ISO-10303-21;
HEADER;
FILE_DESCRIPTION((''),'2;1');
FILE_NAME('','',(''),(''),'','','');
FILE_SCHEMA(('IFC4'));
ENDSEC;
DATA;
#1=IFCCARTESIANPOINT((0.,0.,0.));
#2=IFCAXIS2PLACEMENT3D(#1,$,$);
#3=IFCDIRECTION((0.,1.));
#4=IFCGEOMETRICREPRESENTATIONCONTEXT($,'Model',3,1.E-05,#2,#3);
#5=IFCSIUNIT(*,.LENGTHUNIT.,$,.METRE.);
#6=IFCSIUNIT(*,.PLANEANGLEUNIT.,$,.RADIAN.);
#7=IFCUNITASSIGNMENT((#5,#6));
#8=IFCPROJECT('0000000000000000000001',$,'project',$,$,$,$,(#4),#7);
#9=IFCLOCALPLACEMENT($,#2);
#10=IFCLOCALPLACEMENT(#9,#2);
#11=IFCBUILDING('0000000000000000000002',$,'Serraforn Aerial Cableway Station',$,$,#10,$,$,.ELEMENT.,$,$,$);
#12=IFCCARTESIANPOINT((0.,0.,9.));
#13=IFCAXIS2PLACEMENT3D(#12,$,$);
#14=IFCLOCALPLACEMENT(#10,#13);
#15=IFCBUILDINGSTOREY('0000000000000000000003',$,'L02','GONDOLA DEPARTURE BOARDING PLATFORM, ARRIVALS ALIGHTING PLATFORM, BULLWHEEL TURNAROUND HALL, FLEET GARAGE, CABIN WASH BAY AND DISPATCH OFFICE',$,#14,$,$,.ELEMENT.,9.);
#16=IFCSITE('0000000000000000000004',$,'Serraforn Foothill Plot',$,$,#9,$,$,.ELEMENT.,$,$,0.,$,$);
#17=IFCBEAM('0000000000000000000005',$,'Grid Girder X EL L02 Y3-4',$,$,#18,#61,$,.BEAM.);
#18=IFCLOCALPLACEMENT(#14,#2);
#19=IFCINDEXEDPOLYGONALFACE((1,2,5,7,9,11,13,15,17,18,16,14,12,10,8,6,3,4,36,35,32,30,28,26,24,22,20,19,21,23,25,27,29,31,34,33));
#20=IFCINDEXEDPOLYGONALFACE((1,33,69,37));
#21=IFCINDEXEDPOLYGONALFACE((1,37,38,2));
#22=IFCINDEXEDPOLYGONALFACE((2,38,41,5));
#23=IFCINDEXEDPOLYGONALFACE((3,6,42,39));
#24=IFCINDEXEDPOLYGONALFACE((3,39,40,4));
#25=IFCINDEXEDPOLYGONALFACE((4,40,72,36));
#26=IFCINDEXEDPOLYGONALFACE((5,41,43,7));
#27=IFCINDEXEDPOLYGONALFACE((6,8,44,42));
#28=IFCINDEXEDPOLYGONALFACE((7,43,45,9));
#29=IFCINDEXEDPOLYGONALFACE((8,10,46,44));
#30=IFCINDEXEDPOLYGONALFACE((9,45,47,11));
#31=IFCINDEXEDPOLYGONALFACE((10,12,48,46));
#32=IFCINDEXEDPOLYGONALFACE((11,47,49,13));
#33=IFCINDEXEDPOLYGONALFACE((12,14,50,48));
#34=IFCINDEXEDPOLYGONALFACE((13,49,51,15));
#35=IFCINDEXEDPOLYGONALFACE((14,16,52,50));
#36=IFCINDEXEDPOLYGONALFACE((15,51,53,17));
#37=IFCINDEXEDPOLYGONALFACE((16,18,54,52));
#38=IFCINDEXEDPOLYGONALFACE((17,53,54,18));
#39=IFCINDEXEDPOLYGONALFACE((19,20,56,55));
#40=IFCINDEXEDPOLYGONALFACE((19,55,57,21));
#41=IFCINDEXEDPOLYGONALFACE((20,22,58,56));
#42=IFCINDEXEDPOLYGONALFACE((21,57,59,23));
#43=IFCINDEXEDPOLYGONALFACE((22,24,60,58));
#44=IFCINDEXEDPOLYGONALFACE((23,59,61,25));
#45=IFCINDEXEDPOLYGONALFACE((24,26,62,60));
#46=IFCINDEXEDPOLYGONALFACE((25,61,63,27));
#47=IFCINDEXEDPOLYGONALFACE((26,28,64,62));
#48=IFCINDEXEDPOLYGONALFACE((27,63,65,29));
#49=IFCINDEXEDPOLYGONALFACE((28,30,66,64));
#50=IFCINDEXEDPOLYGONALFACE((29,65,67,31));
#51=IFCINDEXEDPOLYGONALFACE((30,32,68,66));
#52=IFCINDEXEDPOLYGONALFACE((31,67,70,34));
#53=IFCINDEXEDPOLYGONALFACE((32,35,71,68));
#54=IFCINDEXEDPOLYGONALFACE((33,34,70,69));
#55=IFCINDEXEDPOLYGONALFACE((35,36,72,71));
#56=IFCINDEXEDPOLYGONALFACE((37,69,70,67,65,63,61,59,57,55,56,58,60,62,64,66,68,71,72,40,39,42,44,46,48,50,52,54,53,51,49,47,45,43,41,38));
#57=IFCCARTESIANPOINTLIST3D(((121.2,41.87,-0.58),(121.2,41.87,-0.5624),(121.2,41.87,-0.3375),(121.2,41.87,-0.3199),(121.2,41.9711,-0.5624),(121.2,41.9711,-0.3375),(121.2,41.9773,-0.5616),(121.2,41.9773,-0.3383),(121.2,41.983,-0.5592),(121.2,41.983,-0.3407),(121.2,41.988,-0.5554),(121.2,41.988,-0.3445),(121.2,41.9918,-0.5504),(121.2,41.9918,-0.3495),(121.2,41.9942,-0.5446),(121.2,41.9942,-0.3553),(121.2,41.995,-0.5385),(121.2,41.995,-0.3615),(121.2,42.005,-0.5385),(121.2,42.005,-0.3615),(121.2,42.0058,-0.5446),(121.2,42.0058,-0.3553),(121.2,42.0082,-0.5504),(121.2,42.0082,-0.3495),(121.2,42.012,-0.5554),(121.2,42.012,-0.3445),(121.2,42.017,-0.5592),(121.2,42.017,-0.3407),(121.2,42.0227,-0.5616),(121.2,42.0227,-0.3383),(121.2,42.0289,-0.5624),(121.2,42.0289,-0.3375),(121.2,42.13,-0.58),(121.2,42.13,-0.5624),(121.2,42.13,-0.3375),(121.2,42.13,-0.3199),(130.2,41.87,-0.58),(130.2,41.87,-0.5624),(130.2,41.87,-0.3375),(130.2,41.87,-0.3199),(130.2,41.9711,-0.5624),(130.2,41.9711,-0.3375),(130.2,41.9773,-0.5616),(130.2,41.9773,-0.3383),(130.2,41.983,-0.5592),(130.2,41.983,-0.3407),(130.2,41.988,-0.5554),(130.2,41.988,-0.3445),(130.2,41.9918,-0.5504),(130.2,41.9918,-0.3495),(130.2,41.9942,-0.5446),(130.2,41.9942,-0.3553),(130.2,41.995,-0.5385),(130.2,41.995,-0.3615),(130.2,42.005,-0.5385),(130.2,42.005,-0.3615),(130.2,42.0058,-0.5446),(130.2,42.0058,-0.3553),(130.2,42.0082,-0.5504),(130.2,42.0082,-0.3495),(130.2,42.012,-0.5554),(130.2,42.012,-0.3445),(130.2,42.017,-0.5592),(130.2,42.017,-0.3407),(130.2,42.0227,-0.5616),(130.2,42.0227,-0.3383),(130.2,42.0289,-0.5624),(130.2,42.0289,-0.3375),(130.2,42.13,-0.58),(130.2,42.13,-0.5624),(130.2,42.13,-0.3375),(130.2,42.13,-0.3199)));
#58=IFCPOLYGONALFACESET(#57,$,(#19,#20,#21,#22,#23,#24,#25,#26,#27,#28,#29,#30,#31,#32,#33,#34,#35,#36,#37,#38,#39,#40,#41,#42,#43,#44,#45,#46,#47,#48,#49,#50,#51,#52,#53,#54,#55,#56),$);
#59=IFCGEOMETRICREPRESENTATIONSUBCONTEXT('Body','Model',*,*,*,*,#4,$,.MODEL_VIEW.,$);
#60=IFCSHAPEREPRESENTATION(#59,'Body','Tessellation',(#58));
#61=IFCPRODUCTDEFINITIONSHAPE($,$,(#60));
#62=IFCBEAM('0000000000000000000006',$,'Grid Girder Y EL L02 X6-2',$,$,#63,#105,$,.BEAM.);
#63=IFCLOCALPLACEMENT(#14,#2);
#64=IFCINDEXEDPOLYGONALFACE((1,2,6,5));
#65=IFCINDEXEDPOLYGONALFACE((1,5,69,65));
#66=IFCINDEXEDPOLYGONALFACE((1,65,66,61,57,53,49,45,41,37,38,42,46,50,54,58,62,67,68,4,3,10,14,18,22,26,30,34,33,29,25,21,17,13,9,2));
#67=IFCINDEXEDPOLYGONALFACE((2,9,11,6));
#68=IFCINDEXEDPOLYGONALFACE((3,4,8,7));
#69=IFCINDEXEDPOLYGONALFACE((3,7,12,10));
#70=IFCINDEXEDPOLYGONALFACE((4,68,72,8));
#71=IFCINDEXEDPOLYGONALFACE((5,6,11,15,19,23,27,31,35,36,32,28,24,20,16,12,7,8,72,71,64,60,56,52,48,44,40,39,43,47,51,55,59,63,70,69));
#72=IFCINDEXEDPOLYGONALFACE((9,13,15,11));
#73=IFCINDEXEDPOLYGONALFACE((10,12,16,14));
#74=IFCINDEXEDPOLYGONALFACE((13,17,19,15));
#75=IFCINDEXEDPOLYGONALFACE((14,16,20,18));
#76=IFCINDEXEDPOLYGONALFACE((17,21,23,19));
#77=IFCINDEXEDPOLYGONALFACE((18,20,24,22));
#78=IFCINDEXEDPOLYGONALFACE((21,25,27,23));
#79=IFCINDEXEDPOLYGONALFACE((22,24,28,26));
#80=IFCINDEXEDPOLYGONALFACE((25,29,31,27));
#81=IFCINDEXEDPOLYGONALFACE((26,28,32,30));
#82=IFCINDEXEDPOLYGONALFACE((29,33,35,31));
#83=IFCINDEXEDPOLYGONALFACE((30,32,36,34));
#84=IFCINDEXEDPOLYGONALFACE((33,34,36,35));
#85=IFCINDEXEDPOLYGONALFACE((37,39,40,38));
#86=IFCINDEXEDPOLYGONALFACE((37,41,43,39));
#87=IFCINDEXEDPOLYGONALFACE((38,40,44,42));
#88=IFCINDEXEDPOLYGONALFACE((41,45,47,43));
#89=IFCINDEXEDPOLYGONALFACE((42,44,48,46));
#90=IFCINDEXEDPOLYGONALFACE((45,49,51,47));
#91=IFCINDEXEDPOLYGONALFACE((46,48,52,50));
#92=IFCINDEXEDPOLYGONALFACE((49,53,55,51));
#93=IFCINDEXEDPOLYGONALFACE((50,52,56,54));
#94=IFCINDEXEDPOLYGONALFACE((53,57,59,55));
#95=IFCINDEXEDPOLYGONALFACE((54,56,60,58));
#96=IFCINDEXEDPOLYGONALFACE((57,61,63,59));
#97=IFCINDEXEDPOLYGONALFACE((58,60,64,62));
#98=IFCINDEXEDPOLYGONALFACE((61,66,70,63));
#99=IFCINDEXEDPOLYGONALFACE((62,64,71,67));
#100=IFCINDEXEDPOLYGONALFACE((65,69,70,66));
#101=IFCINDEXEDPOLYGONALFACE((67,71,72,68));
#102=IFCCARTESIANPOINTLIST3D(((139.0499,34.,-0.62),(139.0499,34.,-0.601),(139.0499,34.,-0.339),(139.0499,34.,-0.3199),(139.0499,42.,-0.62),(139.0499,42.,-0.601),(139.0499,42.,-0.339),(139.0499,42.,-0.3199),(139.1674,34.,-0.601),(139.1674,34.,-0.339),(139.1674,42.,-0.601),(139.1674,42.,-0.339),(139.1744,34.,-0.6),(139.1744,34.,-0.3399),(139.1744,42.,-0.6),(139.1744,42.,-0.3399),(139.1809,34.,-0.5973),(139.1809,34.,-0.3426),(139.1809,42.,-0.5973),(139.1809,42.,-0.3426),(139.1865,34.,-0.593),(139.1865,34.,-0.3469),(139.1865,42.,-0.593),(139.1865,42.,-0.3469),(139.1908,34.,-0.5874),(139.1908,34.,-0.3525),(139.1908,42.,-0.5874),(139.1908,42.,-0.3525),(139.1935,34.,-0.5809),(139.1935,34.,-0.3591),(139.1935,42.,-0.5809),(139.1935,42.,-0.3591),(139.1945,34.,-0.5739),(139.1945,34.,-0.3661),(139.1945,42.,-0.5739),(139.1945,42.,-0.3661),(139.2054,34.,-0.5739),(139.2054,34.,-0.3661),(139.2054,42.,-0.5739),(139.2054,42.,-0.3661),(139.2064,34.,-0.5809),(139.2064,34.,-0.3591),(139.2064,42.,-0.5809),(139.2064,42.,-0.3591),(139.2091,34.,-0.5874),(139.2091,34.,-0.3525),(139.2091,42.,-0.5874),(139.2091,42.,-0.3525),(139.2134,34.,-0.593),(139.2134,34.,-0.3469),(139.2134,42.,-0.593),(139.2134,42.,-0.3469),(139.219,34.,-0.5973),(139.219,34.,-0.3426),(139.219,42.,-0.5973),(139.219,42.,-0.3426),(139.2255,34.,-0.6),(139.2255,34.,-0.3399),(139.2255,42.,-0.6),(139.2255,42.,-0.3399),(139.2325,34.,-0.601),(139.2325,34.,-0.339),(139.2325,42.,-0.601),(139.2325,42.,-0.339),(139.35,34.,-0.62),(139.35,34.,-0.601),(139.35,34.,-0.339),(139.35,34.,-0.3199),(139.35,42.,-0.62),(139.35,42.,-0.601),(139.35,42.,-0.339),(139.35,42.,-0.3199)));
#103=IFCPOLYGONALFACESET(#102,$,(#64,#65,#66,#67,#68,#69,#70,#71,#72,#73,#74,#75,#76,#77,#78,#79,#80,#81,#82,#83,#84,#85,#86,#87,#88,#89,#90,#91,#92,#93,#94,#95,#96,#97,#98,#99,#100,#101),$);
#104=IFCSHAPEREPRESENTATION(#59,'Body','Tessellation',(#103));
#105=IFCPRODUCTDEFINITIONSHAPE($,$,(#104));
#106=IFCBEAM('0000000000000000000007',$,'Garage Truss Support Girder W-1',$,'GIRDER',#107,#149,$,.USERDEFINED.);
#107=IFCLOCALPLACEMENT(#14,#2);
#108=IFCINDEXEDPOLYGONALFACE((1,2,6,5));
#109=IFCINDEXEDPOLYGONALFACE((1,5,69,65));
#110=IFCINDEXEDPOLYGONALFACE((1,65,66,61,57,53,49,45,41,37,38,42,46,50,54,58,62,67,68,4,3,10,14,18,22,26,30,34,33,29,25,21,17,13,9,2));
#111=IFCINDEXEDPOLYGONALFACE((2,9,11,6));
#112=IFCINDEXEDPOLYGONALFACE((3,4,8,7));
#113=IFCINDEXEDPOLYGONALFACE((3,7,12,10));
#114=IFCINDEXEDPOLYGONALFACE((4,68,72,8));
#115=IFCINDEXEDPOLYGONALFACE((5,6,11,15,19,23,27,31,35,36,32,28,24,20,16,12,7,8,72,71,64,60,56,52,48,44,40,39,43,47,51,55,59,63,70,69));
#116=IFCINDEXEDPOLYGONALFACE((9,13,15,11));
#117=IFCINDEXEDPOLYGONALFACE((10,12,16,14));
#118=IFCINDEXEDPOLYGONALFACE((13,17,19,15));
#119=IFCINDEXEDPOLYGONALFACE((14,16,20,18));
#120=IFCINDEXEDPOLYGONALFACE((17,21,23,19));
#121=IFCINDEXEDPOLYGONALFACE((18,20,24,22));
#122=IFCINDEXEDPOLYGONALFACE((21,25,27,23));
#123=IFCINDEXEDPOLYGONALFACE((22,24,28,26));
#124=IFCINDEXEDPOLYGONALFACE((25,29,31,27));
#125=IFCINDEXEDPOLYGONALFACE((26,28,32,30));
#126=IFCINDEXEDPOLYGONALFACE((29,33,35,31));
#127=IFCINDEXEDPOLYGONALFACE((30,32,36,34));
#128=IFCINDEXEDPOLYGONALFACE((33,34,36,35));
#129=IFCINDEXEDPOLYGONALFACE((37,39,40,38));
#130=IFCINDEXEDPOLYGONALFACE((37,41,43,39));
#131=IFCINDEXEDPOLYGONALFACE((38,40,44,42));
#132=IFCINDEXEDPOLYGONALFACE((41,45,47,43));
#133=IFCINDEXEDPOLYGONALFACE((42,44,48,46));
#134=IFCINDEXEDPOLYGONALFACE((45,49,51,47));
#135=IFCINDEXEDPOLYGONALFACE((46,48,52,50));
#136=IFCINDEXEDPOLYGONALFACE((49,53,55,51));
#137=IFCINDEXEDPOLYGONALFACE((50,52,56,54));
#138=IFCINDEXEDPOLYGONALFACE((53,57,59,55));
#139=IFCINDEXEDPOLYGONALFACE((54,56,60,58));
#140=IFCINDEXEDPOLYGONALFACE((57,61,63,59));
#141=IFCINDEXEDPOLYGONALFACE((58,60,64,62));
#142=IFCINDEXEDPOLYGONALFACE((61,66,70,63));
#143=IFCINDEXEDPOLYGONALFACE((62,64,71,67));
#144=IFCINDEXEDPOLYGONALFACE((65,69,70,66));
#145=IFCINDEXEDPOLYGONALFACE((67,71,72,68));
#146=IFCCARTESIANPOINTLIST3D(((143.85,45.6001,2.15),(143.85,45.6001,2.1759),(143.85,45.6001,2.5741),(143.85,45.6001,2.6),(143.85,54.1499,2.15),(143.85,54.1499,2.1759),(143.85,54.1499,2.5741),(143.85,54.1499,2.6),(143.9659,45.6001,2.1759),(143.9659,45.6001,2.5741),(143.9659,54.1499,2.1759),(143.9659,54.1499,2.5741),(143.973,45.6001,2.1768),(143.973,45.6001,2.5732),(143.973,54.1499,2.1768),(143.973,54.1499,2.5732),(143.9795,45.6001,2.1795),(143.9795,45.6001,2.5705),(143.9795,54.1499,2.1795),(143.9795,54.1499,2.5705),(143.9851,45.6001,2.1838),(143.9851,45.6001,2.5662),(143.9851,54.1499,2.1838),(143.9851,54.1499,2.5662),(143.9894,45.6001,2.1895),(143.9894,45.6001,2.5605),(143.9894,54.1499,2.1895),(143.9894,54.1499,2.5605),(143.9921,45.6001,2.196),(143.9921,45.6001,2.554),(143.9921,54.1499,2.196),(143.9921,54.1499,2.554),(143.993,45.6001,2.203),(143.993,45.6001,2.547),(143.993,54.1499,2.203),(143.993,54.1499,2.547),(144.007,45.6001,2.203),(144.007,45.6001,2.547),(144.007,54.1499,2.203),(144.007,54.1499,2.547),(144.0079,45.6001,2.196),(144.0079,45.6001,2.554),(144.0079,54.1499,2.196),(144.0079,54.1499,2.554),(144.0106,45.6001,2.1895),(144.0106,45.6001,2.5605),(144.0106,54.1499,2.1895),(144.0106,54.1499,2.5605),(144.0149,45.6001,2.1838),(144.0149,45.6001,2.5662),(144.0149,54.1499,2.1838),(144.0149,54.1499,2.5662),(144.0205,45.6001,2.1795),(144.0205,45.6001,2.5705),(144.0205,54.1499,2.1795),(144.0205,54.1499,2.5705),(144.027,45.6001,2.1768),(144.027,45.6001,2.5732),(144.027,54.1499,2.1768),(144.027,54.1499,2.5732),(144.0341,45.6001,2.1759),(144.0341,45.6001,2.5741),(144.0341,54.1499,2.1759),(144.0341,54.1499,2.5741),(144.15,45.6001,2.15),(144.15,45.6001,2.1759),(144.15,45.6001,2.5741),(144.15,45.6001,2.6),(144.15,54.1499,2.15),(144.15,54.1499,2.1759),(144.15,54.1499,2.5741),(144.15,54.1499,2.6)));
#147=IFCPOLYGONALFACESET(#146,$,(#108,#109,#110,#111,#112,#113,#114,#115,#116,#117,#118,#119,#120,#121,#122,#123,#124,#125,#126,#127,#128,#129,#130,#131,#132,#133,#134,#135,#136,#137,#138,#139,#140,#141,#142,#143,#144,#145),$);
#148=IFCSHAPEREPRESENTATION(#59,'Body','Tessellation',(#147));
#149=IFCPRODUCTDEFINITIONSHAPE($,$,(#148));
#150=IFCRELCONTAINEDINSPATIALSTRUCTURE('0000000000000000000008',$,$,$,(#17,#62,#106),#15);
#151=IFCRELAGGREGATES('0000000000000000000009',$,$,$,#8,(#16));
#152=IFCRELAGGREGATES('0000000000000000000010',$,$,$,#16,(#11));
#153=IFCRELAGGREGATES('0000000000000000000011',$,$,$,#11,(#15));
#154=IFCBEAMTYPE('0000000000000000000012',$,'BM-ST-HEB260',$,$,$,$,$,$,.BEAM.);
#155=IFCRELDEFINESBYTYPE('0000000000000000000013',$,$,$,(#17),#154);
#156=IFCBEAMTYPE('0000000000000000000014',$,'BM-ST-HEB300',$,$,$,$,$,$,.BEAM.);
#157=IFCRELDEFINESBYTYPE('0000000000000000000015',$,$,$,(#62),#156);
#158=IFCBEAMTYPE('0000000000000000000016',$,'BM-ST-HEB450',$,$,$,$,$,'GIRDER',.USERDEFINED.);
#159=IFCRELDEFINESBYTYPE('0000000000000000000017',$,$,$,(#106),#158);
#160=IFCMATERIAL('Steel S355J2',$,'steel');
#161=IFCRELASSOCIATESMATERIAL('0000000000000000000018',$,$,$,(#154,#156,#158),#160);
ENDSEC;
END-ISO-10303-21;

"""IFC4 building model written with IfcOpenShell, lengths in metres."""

from ifc_helpers import new_model, si_unit, direction, frame, origin, origin_2d, place, context, subcontext, project, spatial, i_section, extrude, material, material_profile, profile_set, type_object, element, save


model = new_model("IFC4")

# Units and contexts
model_context = context("Model", 3, precision=1e-05, world=origin(), true_north=direction((0.0, 1.0)))
body_context = subcontext(model_context, "Body", "Model", "MODEL_VIEW")
ifc_project = project(units=[si_unit("LENGTHUNIT", "METRE"), si_unit("PLANEANGLEUNIT", "RADIAN")], contexts=[model_context])

# Site, building, storey
site_placement = place(None, origin())
site = spatial("IfcSite", under=ifc_project, at=site_placement, Name="Serraforn Foothill Plot", CompositionType="ELEMENT", RefElevation=0.0)
building_placement = place(site_placement, origin())
building = spatial("IfcBuilding", under=site, at=building_placement, Name="Serraforn Aerial Cableway Station", CompositionType="ELEMENT")
storey_placement = place(building_placement, frame((0.0, 0.0, 9.0)))
storey = spatial("IfcBuildingStorey", under=building, at=storey_placement, Name="L02", Description="GONDOLA DEPARTURE BOARDING PLATFORM, ARRIVALS ALIGHTING PLATFORM, BULLWHEEL TURNAROUND HALL, FLEET GARAGE, CABIN WASH BAY AND DISPATCH OFFICE", CompositionType="ELEMENT", Elevation=9.0)

# Shared definitions
ifc_material_1 = material(Name="Steel S355J2", Category="steel")

# Beams
ifc_material_profile_1 = material_profile(ifc_material_1, i_section(OverallWidth=0.26, OverallDepth=0.26, WebThickness=0.01, FlangeThickness=0.0176, FilletRadius=0.0239, at=origin_2d()), Name="HEB 260")
ifc_profile_set_1 = profile_set([ifc_material_profile_1], Name="Steel S355J2")
beam_type_1 = type_object("IfcBeamType", Name="BM-ST-HEB260", PredefinedType="BEAM", material=ifc_profile_set_1)
beam_1_placement = place(storey_placement, frame((121.2, 42.0, -0.45), z_axis=(1.0, 0.0, 0.0), x_axis=(0.0, 1.0, 0.0)))
element("IfcBeam", 1, at=beam_1_placement, inside=storey, type_object=beam_type_1, Name="Grid Girder X EL L02 Y3-4", PredefinedType="BEAM", context=body_context, shape_type="SweptSolid", body=[
    extrude(i_section(OverallWidth=0.26, OverallDepth=0.26, WebThickness=0.01, FlangeThickness=0.0176, FilletRadius=0.0239, at=origin_2d()), origin(), (0.0, 0.0, 1.0), 9.0),
])
ifc_material_profile_2 = material_profile(ifc_material_1, i_section(OverallWidth=0.3, OverallDepth=0.3, WebThickness=0.011, FlangeThickness=0.019, FilletRadius=0.0271, at=origin_2d()), Name="HEB 300")
ifc_profile_set_2 = profile_set([ifc_material_profile_2], Name="Steel S355J2")
beam_type_2 = type_object("IfcBeamType", Name="BM-ST-HEB300", PredefinedType="BEAM", material=ifc_profile_set_2)
beam_2_placement = place(storey_placement, frame((139.2, 34.0, -0.47), z_axis=(0.0, 1.0, 0.0), x_axis=(-1.0, 0.0, 0.0)))
element("IfcBeam", 2, at=beam_2_placement, inside=storey, type_object=beam_type_2, Name="Grid Girder Y EL L02 X6-2", PredefinedType="BEAM", context=body_context, shape_type="SweptSolid", body=[
    extrude(i_section(OverallWidth=0.3, OverallDepth=0.3, WebThickness=0.011, FlangeThickness=0.019, FilletRadius=0.0271, at=origin_2d()), origin(), (0.0, 0.0, 1.0), 8.0),
])
ifc_material_profile_3 = material_profile(ifc_material_1, i_section(OverallWidth=0.3, OverallDepth=0.45, WebThickness=0.0139, FlangeThickness=0.0259, FilletRadius=0.0271, at=origin_2d()), Name="HEB 450")
ifc_profile_set_3 = profile_set([ifc_material_profile_3], Name="Steel S355J2")
beam_type_3 = type_object("IfcBeamType", Name="BM-ST-HEB450", ElementType="GIRDER", PredefinedType="USERDEFINED", material=ifc_profile_set_3)
beam_3_placement = place(storey_placement, frame((144.0, 45.6001, 2.375), z_axis=(0.0, 1.0, 0.0), x_axis=(-1.0, 0.0, 0.0)))
element("IfcBeam", 3, at=beam_3_placement, inside=storey, type_object=beam_type_3, Name="Garage Truss Support Girder W-1", ObjectType="GIRDER", PredefinedType="USERDEFINED", context=body_context, shape_type="SweptSolid", body=[
    extrude(i_section(OverallWidth=0.3, OverallDepth=0.45, WebThickness=0.0139, FlangeThickness=0.0259, FilletRadius=0.0271, at=origin_2d()), origin(), (0.0, 0.0, 1.0), 8.5498),
])

save(model, "model.ifc")
